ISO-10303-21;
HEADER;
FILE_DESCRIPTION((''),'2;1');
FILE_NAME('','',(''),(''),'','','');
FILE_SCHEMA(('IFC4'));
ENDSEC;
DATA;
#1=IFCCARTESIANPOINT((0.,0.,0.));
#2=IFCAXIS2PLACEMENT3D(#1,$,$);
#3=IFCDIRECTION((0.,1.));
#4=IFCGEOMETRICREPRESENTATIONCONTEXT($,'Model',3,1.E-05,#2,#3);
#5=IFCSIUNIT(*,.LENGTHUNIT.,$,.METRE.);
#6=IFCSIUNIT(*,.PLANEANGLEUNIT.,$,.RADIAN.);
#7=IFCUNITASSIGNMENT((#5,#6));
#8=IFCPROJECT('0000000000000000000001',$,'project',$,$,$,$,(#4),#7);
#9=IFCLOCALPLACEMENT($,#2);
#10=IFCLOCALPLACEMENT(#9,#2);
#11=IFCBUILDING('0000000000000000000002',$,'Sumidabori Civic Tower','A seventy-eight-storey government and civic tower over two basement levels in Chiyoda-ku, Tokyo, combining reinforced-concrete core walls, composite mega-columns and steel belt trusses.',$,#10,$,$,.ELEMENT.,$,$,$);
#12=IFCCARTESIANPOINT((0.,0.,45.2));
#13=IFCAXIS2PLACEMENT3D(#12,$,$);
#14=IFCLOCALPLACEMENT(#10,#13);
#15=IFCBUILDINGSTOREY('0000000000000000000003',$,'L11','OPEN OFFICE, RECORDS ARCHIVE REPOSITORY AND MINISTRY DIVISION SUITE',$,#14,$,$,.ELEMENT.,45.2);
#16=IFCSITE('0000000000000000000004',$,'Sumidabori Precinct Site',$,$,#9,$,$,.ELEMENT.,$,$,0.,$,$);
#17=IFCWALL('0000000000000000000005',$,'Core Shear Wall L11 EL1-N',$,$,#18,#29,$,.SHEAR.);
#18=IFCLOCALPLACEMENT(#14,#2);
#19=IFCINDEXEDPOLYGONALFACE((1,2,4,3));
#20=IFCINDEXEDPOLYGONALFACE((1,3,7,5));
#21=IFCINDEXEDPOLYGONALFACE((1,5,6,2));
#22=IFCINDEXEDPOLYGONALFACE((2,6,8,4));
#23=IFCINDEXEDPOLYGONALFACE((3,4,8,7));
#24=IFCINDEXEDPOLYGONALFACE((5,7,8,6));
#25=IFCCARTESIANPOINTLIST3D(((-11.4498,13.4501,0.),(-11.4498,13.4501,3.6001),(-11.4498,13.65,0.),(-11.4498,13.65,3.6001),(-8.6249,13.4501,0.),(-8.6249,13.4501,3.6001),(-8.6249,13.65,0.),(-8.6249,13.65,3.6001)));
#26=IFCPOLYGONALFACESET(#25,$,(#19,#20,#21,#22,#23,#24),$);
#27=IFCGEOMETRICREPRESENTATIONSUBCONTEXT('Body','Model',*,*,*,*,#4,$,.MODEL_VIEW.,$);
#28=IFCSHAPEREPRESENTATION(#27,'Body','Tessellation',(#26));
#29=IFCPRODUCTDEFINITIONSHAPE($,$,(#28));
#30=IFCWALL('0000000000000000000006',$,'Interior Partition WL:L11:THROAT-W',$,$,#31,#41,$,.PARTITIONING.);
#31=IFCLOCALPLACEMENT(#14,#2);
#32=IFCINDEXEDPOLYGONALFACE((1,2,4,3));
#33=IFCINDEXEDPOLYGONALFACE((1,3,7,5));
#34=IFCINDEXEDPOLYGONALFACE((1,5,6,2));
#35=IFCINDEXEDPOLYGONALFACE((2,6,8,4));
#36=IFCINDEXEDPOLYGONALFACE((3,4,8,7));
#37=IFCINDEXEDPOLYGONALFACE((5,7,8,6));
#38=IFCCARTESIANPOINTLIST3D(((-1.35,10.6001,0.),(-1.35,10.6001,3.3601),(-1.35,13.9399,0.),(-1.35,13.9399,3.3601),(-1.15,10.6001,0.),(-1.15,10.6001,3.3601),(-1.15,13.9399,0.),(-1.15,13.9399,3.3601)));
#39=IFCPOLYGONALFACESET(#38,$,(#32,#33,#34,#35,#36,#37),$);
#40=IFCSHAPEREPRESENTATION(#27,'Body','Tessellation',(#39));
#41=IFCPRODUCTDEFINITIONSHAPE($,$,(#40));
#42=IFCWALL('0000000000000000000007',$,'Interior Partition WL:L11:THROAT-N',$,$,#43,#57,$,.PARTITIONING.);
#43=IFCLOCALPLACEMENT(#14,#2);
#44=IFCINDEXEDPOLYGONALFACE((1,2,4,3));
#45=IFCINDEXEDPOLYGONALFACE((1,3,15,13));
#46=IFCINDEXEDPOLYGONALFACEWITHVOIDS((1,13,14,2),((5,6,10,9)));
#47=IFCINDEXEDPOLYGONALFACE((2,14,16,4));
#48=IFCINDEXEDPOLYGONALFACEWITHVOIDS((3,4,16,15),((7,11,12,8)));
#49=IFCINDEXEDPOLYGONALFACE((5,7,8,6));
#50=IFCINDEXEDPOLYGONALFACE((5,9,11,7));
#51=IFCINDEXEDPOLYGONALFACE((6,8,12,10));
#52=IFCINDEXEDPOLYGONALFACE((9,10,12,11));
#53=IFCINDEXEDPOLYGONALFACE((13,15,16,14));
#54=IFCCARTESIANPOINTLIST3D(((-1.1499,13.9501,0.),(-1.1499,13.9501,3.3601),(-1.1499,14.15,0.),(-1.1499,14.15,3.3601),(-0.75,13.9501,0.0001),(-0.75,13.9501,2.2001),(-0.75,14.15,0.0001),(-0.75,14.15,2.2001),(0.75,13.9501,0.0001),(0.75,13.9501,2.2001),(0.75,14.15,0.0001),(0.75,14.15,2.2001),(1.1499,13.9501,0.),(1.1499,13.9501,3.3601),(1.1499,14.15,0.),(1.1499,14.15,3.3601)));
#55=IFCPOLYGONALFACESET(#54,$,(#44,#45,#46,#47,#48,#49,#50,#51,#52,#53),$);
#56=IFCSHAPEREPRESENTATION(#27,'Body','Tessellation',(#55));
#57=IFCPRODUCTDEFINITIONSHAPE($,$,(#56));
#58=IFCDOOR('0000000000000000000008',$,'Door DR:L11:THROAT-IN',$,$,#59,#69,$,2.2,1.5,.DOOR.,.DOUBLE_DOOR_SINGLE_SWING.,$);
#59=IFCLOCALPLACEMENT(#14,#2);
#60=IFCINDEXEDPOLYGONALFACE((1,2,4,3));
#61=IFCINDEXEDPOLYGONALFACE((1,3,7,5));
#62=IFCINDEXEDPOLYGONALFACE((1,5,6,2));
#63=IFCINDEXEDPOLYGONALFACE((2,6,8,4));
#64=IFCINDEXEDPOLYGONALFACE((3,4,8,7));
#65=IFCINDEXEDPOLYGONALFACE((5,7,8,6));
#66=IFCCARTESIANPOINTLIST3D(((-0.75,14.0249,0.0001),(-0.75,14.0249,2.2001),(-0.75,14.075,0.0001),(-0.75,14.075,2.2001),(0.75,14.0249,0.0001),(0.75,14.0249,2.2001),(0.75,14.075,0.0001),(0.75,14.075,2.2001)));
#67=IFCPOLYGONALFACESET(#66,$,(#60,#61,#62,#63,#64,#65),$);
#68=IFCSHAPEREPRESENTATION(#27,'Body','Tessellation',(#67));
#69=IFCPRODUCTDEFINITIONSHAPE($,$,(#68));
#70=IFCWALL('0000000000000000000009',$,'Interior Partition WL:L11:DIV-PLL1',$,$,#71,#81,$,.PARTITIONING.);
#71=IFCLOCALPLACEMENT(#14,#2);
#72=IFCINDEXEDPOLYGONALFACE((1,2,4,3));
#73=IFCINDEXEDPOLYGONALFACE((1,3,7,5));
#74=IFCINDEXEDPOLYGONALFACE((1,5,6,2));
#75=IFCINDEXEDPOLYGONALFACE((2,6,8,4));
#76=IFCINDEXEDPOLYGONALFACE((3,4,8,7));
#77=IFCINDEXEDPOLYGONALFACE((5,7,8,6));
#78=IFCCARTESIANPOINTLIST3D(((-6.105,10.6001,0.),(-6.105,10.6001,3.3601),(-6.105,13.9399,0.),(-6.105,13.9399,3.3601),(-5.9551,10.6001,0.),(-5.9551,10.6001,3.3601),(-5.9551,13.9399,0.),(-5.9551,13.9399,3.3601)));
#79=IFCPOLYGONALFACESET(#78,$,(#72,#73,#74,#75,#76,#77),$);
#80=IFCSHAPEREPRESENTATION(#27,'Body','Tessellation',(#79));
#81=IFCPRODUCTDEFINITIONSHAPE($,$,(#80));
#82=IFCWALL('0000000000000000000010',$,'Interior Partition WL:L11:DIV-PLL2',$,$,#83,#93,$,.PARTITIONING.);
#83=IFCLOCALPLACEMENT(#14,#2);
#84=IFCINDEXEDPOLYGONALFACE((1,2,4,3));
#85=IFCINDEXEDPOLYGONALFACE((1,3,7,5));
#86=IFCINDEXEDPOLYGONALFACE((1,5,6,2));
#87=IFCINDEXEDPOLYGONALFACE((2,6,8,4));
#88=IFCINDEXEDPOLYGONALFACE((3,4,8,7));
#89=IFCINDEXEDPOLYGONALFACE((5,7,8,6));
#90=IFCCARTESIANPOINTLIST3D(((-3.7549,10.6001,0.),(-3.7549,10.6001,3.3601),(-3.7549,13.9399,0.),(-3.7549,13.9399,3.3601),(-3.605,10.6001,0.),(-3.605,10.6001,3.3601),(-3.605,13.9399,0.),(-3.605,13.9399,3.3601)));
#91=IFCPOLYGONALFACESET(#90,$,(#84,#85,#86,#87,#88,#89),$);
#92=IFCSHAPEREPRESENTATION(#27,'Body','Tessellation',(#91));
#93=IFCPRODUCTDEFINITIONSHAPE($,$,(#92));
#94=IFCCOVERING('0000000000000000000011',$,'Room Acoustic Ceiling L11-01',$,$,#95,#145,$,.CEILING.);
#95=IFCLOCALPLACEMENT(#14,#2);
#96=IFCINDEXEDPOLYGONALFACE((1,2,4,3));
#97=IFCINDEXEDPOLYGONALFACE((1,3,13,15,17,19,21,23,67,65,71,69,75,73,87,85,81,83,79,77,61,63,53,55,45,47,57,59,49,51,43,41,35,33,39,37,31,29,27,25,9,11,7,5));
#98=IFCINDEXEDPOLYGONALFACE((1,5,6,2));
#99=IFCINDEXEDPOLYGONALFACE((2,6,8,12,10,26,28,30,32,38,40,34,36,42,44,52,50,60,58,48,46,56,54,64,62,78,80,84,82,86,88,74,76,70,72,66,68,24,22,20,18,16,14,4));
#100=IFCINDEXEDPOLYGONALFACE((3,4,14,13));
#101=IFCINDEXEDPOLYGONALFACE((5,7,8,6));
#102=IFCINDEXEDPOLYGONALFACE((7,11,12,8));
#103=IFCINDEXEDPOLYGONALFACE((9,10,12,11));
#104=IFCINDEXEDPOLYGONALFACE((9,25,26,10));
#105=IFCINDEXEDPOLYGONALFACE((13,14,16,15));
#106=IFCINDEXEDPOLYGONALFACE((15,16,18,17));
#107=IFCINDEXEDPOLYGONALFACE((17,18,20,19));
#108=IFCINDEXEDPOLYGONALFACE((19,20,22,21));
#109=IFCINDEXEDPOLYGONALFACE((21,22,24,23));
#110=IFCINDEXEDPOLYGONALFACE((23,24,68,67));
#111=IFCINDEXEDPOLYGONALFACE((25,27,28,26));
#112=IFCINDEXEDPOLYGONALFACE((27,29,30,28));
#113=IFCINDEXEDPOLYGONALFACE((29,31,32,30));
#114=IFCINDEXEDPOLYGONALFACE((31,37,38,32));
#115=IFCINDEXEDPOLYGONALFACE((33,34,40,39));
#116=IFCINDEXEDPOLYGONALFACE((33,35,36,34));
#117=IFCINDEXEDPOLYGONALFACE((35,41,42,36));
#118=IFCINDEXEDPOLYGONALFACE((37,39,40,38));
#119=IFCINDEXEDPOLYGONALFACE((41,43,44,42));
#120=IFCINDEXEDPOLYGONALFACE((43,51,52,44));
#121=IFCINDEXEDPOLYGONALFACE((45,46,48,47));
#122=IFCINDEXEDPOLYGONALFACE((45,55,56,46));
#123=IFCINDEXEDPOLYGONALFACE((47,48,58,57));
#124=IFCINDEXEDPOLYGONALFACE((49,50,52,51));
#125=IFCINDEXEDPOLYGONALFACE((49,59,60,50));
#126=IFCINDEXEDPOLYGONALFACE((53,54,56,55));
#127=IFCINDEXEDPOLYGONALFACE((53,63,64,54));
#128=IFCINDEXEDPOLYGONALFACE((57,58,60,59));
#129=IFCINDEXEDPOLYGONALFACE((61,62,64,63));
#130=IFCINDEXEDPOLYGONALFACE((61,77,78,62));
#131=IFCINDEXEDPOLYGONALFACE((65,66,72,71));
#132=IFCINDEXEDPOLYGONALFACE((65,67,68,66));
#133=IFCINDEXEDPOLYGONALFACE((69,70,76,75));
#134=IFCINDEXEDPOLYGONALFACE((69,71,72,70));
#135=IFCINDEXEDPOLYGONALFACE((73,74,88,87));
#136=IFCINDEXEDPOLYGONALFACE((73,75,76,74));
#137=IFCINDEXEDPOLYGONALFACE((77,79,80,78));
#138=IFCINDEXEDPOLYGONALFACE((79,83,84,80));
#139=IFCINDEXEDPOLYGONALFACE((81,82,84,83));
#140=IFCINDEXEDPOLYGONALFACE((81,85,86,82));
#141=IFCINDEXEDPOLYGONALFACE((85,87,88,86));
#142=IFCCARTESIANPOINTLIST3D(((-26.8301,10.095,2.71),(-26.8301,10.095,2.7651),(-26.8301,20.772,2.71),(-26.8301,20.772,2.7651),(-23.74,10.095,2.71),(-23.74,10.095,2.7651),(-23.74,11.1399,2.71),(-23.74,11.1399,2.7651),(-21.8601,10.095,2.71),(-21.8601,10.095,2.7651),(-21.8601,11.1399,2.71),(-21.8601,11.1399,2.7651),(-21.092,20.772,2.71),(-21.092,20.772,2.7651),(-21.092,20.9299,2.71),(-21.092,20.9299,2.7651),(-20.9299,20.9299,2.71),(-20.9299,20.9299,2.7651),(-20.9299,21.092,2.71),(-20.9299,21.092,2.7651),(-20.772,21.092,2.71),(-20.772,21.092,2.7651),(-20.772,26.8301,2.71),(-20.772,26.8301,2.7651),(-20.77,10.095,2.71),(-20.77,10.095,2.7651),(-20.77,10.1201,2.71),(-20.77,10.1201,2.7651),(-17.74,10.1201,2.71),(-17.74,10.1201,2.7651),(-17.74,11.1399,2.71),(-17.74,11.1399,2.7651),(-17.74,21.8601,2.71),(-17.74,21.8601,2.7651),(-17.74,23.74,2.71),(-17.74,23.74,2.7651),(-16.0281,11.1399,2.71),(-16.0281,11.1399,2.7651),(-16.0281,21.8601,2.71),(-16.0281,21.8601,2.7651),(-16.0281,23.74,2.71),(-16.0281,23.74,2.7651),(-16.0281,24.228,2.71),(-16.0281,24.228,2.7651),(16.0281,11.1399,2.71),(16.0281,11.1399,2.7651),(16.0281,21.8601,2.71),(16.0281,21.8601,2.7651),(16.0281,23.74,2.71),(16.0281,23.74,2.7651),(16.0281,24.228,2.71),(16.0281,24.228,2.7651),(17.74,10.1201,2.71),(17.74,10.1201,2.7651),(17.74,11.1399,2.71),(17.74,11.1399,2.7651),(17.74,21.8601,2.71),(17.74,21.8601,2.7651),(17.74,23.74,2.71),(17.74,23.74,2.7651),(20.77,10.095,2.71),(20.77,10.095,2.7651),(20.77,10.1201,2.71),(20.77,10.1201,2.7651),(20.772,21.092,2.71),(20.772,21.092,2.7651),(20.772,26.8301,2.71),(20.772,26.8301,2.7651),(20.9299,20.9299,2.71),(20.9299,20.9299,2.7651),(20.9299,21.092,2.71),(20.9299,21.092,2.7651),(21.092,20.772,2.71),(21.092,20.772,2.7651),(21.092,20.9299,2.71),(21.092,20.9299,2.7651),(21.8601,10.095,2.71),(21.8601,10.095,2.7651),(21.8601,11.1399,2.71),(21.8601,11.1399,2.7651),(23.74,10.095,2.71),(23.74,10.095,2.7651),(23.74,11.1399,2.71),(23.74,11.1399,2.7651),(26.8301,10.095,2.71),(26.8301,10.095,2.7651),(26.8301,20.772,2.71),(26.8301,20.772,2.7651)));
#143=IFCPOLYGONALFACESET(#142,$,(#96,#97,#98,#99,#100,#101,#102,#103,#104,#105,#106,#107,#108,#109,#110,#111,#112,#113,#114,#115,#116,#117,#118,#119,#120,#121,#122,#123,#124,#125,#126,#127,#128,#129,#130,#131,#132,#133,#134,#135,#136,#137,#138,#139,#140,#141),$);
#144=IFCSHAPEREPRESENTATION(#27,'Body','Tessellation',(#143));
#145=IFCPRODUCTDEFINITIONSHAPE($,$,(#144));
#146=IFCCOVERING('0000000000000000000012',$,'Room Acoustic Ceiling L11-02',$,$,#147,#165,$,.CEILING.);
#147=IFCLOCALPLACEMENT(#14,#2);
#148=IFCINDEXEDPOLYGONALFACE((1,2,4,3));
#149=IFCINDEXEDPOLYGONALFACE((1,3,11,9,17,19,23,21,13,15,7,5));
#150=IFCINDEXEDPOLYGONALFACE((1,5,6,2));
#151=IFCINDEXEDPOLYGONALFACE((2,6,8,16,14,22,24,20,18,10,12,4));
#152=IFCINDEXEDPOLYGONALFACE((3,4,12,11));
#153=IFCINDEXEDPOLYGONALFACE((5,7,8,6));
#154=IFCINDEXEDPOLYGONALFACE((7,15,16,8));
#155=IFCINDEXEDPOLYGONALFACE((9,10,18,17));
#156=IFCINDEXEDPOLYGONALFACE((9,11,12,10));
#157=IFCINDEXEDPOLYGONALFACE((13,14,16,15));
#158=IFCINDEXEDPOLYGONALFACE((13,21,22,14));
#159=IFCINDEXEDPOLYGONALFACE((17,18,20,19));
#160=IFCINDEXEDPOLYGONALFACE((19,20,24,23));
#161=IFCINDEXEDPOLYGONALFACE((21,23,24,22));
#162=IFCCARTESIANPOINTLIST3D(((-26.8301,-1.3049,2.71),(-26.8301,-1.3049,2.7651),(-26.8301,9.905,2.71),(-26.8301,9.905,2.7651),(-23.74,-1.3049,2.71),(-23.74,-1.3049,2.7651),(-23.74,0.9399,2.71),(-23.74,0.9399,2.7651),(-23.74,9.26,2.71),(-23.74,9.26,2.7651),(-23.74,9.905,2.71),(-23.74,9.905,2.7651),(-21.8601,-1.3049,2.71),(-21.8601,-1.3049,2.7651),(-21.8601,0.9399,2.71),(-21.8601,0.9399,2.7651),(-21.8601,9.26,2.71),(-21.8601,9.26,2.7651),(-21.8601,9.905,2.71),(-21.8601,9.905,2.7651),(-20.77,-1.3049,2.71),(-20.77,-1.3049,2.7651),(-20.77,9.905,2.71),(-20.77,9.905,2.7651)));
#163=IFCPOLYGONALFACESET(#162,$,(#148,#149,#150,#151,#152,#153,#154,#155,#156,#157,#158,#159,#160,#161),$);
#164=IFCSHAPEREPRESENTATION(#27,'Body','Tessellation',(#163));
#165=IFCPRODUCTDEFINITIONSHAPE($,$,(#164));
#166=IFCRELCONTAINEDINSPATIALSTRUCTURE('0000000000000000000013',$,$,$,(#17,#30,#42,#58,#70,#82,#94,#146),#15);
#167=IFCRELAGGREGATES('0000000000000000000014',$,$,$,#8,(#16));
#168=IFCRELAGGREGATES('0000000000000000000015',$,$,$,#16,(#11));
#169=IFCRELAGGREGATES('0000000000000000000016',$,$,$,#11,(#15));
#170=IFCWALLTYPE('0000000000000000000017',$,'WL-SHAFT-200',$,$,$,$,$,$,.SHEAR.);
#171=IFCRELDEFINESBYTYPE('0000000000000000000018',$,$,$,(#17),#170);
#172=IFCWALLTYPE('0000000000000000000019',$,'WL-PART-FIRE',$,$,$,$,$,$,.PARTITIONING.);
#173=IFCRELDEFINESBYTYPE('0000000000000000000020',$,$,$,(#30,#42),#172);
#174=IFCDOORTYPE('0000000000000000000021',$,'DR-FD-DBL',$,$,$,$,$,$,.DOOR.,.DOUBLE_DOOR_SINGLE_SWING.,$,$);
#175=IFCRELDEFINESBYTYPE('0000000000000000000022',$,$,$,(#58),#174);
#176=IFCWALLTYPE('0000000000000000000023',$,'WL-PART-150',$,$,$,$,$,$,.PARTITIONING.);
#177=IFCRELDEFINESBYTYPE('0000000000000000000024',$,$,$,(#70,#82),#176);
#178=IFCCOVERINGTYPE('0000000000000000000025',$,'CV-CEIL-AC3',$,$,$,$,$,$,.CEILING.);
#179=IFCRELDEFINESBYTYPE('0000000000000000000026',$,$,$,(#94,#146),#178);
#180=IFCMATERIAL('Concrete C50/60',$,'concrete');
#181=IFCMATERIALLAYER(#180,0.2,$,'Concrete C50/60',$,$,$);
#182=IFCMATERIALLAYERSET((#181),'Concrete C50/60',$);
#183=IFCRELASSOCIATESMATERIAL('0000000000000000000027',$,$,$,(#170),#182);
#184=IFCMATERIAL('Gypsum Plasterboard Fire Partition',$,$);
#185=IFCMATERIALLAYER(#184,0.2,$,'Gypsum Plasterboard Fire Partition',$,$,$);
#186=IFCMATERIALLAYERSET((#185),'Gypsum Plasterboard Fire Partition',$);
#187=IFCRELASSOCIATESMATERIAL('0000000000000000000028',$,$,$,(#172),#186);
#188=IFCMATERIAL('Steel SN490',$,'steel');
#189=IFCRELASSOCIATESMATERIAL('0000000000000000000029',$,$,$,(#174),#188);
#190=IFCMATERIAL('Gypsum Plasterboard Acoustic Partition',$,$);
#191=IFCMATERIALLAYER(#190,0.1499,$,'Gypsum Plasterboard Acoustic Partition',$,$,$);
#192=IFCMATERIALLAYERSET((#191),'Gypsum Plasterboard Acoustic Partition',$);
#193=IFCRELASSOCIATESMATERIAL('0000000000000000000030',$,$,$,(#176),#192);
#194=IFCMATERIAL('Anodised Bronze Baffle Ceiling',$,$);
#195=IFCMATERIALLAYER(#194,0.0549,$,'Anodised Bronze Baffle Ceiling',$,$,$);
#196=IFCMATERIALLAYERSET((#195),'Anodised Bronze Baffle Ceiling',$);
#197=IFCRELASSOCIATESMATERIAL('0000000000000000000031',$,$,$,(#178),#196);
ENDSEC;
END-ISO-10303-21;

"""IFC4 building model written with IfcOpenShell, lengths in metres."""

from ifc_helpers import new_model, si_unit, direction, frame, frame_2d, origin, place, context, subcontext, project, spatial, polyline, rectangle, outline, extrude, source, transform, mapped, material, layer, layer_set, type_object, element, fill, save


model = new_model("IFC4")

# Units and contexts
model_context = context("Model", 3, precision=1e-05, world=origin(), true_north=direction((0.0, 1.0)))
body_context = subcontext(model_context, "Body", "Model", "MODEL_VIEW")
ifc_project = project(units=[si_unit("LENGTHUNIT", "METRE"), si_unit("PLANEANGLEUNIT", "RADIAN")], contexts=[model_context])

# Site, building, storey
site_placement = place(None, origin())
site = spatial("IfcSite", under=ifc_project, at=site_placement, Name="Sumidabori Precinct Site", CompositionType="ELEMENT", RefElevation=0.0)
building_placement = place(site_placement, origin())
building = spatial("IfcBuilding", under=site, at=building_placement, Name="Sumidabori Civic Tower", Description="A seventy-eight-storey government and civic tower over two basement levels in Chiyoda-ku, Tokyo, combining reinforced-concrete core walls, composite mega-columns and steel belt trusses.", CompositionType="ELEMENT")
storey_placement = place(building_placement, frame((0.0, 0.0, 45.2)))
storey = spatial("IfcBuildingStorey", under=building, at=storey_placement, Name="L11", Description="OPEN OFFICE, RECORDS ARCHIVE REPOSITORY AND MINISTRY DIVISION SUITE", CompositionType="ELEMENT", Elevation=45.2)

# Shared definitions
ifc_material_1 = material(Name="Concrete C50/60", Category="concrete")

# Shared definitions
ifc_material_2 = material(Name="Steel SN490", Category="steel")

# Shared definitions
ifc_layer_1 = layer(ifc_material_1, 0.2, Name="Concrete C50/60")
ifc_layer_set_1 = layer_set([ifc_layer_1], Name="Concrete C50/60")
wall_type_1 = type_object("IfcWallType", Name="WL-SHAFT-200", PredefinedType="SHEAR", material=ifc_layer_set_1)

# Wall
shared_shape_1 = source(origin(), body_context, "Body", "SweptSolid", [
    extrude(rectangle(XDim=2.825, YDim=0.2, at=frame_2d((1.4126, 0.0))), origin(), (0.0, 0.0, 1.0), 3.6001),
])
wall_1_placement = place(storey_placement, frame((-11.45, 13.55, 0.0), z_axis=(0.0, 0.0, 1.0), x_axis=(1.0, 0.0, 0.0)))
element("IfcWall", 1, at=wall_1_placement, inside=storey, type_object=wall_type_1, Name="Core Shear Wall L11 EL1-N", PredefinedType="SHEAR", context=body_context, shape_type="MappedRepresentation", body=[
    mapped(shared_shape_1, transform((0.0, 0.0, 0.0), x_axis=(1.0, 0.0, 0.0), y_axis=(0.0, 1.0, 0.0), z_axis=(0.0, 0.0, 1.0), scale=1.0)),
])

# Shared definitions
ifc_material_3 = material(Name="Gypsum Plasterboard Fire Partition")
ifc_layer_2 = layer(ifc_material_3, 0.2, Name="Gypsum Plasterboard Fire Partition")
ifc_layer_set_2 = layer_set([ifc_layer_2], Name="Gypsum Plasterboard Fire Partition")
wall_type_2 = type_object("IfcWallType", Name="WL-PART-FIRE", PredefinedType="PARTITIONING", material=ifc_layer_set_2)

# Wall
shared_shape_2 = source(origin(), body_context, "Body", "SweptSolid", [
    extrude(rectangle(XDim=3.3398, YDim=0.2, at=frame_2d((1.6699, 0.0))), origin(), (0.0, 0.0, 1.0), 3.3601),
])
wall_2_placement = place(storey_placement, frame((-1.25, 10.6001, 0.0), z_axis=(0.0, 0.0, 1.0), x_axis=(0.0, 1.0, 0.0)))
element("IfcWall", 2, at=wall_2_placement, inside=storey, type_object=wall_type_2, Name="Interior Partition WL:L11:THROAT-W", PredefinedType="PARTITIONING", context=body_context, shape_type="MappedRepresentation", body=[
    mapped(shared_shape_2, transform((0.0, 0.0, 0.0), x_axis=(1.0, 0.0, 0.0), y_axis=(0.0, 1.0, 0.0), z_axis=(0.0, 0.0, 1.0), scale=1.0)),
])

# Wall, opening, door
shared_shape_3 = source(origin(), body_context, "Body", "SweptSolid", [
    extrude(rectangle(XDim=2.2998, YDim=0.2, at=frame_2d((1.1499, 0.0))), origin(), (0.0, 0.0, 1.0), 3.3601),
])
wall_3_placement = place(storey_placement, frame((-1.1499, 14.05, 0.0), z_axis=(0.0, 0.0, 1.0), x_axis=(1.0, 0.0, 0.0)))
wall_3 = element("IfcWall", 3, at=wall_3_placement, inside=storey, type_object=wall_type_2, Name="Interior Partition WL:L11:THROAT-N", PredefinedType="PARTITIONING", context=body_context, shape_type="MappedRepresentation", body=[
    mapped(shared_shape_3, transform((0.0, 0.0, 0.0), x_axis=(1.0, 0.0, 0.0), y_axis=(0.0, 1.0, 0.0), z_axis=(0.0, 0.0, 1.0), scale=1.0)),
])
opening_1_placement = place(wall_3_placement, frame((0.3999, 0.0, 0.0)))
opening_1 = element("IfcOpeningElement", 4, at=opening_1_placement, cuts=wall_3, PredefinedType="OPENING", context=body_context, shape_type="SweptSolid", body=[
    extrude(rectangle(XDim=1.5, YDim=2.2, at=frame_2d((0.75, 1.1001))), frame((0.0, 0.1118, 0.0), z_axis=(0.0, -1.0, 0.0), x_axis=(1.0, 0.0, 0.0)), (0.0, 0.0, 1.0), 0.2239),
])
door_type_1 = type_object("IfcDoorType", Name="DR-FD-DBL", OperationType="DOUBLE_DOOR_SINGLE_SWING", PredefinedType="DOOR", material=ifc_material_2)
shared_shape_4 = source(origin(), body_context, "Body", "SweptSolid", [
    extrude(rectangle(XDim=1.5, YDim=2.2, at=frame_2d((0.75, 1.1001))), frame((0.0, 0.0249, 0.0), z_axis=(0.0, -1.0, 0.0), x_axis=(1.0, 0.0, 0.0)), (0.0, 0.0, 1.0), 0.05),
])
door_1_placement = place(opening_1_placement, origin())
door_1 = element("IfcDoor", 5, at=door_1_placement, inside=storey, type_object=door_type_1, Name="Door DR:L11:THROAT-IN", OperationType="DOUBLE_DOOR_SINGLE_SWING", OverallHeight=2.2, OverallWidth=1.5, PredefinedType="DOOR", context=body_context, shape_type="MappedRepresentation", body=[
    mapped(shared_shape_4, transform((0.0, 0.0, 0.0), x_axis=(1.0, 0.0, 0.0), y_axis=(0.0, 1.0, 0.0), z_axis=(0.0, 0.0, 1.0), scale=1.0)),
])
fill(opening_1, door_1)

# Walls
ifc_material_4 = material(Name="Gypsum Plasterboard Acoustic Partition")
ifc_layer_3 = layer(ifc_material_4, 0.1499, Name="Gypsum Plasterboard Acoustic Partition")
ifc_layer_set_3 = layer_set([ifc_layer_3], Name="Gypsum Plasterboard Acoustic Partition")
wall_type_3 = type_object("IfcWallType", Name="WL-PART-150", PredefinedType="PARTITIONING", material=ifc_layer_set_3)
shared_shape_5 = source(origin(), body_context, "Body", "SweptSolid", [
    extrude(rectangle(XDim=3.3398, YDim=0.1499, at=frame_2d((1.6699, 0.0))), origin(), (0.0, 0.0, 1.0), 3.3601),
])
for number, where, z_axis, x_axis, name in (
    (6, (-6.03, 10.6001, 0.0), (0.0, 0.0, 1.0), (0.0, 1.0, 0.0), "Interior Partition WL:L11:DIV-PLL1"),
    (7, (-3.6799, 10.6001, 0.0), (0.0, 0.0, 1.0), (0.0, 1.0, 0.0), "Interior Partition WL:L11:DIV-PLL2"),
):
    element("IfcWall", number, at=place(storey_placement, frame(where, z_axis=z_axis, x_axis=x_axis)), inside=storey, type_object=wall_type_3, Name=name, PredefinedType="PARTITIONING", context=body_context, shape_type="MappedRepresentation", body=[
        mapped(shared_shape_5, transform((0.0, 0.0, 0.0), x_axis=(1.0, 0.0, 0.0), y_axis=(0.0, 1.0, 0.0), z_axis=(0.0, 0.0, 1.0), scale=1.0)),
    ])

# Coverings
ifc_material_5 = material(Name="Anodised Bronze Baffle Ceiling")
ifc_layer_4 = layer(ifc_material_5, 0.0549, Name="Anodised Bronze Baffle Ceiling")
ifc_layer_set_4 = layer_set([ifc_layer_4], Name="Anodised Bronze Baffle Ceiling")
covering_type_1 = type_object("IfcCoveringType", Name="CV-CEIL-AC3", PredefinedType="CEILING", material=ifc_layer_set_4)
covering_1_placement = place(storey_placement, frame((0.0, 0.0, 2.71)))
element("IfcCovering", 8, at=covering_1_placement, inside=storey, type_object=covering_type_1, Name="Room Acoustic Ceiling L11-01", PredefinedType="CEILING", context=body_context, shape_type="SweptSolid", body=[
    extrude(outline(polyline([(-26.8301, 10.095), (-26.8301, 20.772), (-21.092, 20.772), (-21.092, 20.9299), (-20.9299, 20.9299), (-20.9299, 21.092), (-20.772, 21.092), (-20.772, 26.8301), (20.772, 26.8301), (20.772, 21.092), (20.9299, 21.092), (20.9299, 20.9299), (21.092, 20.9299), (21.092, 20.772), (26.8301, 20.772), (26.8301, 10.095), (23.74, 10.095), (23.74, 11.1399), (21.8601, 11.1399), (21.8601, 10.095), (20.77, 10.095), (20.77, 10.1201), (17.74, 10.1201), (17.74, 11.1399), (16.0281, 11.1399), (16.0281, 21.8601), (17.74, 21.8601), (17.74, 23.74), (16.0281, 23.74), (16.0281, 24.228), (-16.0281, 24.228), (-16.0281, 23.74), (-17.74, 23.74), (-17.74, 21.8601), (-16.0281, 21.8601), (-16.0281, 11.1399), (-17.74, 11.1399), (-17.74, 10.1201), (-20.77, 10.1201), (-20.77, 10.095), (-21.8601, 10.095), (-21.8601, 11.1399), (-23.74, 11.1399), (-23.74, 10.095), (-26.8301, 10.095)])), origin(), (0.0, 0.0, 1.0), 0.0552),
])
covering_2_placement = place(storey_placement, frame((0.0, 0.0, 2.71)))
element("IfcCovering", 9, at=covering_2_placement, inside=storey, type_object=covering_type_1, Name="Room Acoustic Ceiling L11-02", PredefinedType="CEILING", context=body_context, shape_type="SweptSolid", body=[
    extrude(outline(polyline([(-26.8301, -1.3049), (-26.8301, 9.905), (-23.74, 9.905), (-23.74, 9.26), (-21.8601, 9.26), (-21.8601, 9.905), (-20.77, 9.905), (-20.77, -1.3049), (-21.8601, -1.3049), (-21.8601, 0.9399), (-23.74, 0.9399), (-23.74, -1.3049), (-26.8301, -1.3049)])), origin(), (0.0, 0.0, 1.0), 0.0552),
])

save(model, "model.ifc")
